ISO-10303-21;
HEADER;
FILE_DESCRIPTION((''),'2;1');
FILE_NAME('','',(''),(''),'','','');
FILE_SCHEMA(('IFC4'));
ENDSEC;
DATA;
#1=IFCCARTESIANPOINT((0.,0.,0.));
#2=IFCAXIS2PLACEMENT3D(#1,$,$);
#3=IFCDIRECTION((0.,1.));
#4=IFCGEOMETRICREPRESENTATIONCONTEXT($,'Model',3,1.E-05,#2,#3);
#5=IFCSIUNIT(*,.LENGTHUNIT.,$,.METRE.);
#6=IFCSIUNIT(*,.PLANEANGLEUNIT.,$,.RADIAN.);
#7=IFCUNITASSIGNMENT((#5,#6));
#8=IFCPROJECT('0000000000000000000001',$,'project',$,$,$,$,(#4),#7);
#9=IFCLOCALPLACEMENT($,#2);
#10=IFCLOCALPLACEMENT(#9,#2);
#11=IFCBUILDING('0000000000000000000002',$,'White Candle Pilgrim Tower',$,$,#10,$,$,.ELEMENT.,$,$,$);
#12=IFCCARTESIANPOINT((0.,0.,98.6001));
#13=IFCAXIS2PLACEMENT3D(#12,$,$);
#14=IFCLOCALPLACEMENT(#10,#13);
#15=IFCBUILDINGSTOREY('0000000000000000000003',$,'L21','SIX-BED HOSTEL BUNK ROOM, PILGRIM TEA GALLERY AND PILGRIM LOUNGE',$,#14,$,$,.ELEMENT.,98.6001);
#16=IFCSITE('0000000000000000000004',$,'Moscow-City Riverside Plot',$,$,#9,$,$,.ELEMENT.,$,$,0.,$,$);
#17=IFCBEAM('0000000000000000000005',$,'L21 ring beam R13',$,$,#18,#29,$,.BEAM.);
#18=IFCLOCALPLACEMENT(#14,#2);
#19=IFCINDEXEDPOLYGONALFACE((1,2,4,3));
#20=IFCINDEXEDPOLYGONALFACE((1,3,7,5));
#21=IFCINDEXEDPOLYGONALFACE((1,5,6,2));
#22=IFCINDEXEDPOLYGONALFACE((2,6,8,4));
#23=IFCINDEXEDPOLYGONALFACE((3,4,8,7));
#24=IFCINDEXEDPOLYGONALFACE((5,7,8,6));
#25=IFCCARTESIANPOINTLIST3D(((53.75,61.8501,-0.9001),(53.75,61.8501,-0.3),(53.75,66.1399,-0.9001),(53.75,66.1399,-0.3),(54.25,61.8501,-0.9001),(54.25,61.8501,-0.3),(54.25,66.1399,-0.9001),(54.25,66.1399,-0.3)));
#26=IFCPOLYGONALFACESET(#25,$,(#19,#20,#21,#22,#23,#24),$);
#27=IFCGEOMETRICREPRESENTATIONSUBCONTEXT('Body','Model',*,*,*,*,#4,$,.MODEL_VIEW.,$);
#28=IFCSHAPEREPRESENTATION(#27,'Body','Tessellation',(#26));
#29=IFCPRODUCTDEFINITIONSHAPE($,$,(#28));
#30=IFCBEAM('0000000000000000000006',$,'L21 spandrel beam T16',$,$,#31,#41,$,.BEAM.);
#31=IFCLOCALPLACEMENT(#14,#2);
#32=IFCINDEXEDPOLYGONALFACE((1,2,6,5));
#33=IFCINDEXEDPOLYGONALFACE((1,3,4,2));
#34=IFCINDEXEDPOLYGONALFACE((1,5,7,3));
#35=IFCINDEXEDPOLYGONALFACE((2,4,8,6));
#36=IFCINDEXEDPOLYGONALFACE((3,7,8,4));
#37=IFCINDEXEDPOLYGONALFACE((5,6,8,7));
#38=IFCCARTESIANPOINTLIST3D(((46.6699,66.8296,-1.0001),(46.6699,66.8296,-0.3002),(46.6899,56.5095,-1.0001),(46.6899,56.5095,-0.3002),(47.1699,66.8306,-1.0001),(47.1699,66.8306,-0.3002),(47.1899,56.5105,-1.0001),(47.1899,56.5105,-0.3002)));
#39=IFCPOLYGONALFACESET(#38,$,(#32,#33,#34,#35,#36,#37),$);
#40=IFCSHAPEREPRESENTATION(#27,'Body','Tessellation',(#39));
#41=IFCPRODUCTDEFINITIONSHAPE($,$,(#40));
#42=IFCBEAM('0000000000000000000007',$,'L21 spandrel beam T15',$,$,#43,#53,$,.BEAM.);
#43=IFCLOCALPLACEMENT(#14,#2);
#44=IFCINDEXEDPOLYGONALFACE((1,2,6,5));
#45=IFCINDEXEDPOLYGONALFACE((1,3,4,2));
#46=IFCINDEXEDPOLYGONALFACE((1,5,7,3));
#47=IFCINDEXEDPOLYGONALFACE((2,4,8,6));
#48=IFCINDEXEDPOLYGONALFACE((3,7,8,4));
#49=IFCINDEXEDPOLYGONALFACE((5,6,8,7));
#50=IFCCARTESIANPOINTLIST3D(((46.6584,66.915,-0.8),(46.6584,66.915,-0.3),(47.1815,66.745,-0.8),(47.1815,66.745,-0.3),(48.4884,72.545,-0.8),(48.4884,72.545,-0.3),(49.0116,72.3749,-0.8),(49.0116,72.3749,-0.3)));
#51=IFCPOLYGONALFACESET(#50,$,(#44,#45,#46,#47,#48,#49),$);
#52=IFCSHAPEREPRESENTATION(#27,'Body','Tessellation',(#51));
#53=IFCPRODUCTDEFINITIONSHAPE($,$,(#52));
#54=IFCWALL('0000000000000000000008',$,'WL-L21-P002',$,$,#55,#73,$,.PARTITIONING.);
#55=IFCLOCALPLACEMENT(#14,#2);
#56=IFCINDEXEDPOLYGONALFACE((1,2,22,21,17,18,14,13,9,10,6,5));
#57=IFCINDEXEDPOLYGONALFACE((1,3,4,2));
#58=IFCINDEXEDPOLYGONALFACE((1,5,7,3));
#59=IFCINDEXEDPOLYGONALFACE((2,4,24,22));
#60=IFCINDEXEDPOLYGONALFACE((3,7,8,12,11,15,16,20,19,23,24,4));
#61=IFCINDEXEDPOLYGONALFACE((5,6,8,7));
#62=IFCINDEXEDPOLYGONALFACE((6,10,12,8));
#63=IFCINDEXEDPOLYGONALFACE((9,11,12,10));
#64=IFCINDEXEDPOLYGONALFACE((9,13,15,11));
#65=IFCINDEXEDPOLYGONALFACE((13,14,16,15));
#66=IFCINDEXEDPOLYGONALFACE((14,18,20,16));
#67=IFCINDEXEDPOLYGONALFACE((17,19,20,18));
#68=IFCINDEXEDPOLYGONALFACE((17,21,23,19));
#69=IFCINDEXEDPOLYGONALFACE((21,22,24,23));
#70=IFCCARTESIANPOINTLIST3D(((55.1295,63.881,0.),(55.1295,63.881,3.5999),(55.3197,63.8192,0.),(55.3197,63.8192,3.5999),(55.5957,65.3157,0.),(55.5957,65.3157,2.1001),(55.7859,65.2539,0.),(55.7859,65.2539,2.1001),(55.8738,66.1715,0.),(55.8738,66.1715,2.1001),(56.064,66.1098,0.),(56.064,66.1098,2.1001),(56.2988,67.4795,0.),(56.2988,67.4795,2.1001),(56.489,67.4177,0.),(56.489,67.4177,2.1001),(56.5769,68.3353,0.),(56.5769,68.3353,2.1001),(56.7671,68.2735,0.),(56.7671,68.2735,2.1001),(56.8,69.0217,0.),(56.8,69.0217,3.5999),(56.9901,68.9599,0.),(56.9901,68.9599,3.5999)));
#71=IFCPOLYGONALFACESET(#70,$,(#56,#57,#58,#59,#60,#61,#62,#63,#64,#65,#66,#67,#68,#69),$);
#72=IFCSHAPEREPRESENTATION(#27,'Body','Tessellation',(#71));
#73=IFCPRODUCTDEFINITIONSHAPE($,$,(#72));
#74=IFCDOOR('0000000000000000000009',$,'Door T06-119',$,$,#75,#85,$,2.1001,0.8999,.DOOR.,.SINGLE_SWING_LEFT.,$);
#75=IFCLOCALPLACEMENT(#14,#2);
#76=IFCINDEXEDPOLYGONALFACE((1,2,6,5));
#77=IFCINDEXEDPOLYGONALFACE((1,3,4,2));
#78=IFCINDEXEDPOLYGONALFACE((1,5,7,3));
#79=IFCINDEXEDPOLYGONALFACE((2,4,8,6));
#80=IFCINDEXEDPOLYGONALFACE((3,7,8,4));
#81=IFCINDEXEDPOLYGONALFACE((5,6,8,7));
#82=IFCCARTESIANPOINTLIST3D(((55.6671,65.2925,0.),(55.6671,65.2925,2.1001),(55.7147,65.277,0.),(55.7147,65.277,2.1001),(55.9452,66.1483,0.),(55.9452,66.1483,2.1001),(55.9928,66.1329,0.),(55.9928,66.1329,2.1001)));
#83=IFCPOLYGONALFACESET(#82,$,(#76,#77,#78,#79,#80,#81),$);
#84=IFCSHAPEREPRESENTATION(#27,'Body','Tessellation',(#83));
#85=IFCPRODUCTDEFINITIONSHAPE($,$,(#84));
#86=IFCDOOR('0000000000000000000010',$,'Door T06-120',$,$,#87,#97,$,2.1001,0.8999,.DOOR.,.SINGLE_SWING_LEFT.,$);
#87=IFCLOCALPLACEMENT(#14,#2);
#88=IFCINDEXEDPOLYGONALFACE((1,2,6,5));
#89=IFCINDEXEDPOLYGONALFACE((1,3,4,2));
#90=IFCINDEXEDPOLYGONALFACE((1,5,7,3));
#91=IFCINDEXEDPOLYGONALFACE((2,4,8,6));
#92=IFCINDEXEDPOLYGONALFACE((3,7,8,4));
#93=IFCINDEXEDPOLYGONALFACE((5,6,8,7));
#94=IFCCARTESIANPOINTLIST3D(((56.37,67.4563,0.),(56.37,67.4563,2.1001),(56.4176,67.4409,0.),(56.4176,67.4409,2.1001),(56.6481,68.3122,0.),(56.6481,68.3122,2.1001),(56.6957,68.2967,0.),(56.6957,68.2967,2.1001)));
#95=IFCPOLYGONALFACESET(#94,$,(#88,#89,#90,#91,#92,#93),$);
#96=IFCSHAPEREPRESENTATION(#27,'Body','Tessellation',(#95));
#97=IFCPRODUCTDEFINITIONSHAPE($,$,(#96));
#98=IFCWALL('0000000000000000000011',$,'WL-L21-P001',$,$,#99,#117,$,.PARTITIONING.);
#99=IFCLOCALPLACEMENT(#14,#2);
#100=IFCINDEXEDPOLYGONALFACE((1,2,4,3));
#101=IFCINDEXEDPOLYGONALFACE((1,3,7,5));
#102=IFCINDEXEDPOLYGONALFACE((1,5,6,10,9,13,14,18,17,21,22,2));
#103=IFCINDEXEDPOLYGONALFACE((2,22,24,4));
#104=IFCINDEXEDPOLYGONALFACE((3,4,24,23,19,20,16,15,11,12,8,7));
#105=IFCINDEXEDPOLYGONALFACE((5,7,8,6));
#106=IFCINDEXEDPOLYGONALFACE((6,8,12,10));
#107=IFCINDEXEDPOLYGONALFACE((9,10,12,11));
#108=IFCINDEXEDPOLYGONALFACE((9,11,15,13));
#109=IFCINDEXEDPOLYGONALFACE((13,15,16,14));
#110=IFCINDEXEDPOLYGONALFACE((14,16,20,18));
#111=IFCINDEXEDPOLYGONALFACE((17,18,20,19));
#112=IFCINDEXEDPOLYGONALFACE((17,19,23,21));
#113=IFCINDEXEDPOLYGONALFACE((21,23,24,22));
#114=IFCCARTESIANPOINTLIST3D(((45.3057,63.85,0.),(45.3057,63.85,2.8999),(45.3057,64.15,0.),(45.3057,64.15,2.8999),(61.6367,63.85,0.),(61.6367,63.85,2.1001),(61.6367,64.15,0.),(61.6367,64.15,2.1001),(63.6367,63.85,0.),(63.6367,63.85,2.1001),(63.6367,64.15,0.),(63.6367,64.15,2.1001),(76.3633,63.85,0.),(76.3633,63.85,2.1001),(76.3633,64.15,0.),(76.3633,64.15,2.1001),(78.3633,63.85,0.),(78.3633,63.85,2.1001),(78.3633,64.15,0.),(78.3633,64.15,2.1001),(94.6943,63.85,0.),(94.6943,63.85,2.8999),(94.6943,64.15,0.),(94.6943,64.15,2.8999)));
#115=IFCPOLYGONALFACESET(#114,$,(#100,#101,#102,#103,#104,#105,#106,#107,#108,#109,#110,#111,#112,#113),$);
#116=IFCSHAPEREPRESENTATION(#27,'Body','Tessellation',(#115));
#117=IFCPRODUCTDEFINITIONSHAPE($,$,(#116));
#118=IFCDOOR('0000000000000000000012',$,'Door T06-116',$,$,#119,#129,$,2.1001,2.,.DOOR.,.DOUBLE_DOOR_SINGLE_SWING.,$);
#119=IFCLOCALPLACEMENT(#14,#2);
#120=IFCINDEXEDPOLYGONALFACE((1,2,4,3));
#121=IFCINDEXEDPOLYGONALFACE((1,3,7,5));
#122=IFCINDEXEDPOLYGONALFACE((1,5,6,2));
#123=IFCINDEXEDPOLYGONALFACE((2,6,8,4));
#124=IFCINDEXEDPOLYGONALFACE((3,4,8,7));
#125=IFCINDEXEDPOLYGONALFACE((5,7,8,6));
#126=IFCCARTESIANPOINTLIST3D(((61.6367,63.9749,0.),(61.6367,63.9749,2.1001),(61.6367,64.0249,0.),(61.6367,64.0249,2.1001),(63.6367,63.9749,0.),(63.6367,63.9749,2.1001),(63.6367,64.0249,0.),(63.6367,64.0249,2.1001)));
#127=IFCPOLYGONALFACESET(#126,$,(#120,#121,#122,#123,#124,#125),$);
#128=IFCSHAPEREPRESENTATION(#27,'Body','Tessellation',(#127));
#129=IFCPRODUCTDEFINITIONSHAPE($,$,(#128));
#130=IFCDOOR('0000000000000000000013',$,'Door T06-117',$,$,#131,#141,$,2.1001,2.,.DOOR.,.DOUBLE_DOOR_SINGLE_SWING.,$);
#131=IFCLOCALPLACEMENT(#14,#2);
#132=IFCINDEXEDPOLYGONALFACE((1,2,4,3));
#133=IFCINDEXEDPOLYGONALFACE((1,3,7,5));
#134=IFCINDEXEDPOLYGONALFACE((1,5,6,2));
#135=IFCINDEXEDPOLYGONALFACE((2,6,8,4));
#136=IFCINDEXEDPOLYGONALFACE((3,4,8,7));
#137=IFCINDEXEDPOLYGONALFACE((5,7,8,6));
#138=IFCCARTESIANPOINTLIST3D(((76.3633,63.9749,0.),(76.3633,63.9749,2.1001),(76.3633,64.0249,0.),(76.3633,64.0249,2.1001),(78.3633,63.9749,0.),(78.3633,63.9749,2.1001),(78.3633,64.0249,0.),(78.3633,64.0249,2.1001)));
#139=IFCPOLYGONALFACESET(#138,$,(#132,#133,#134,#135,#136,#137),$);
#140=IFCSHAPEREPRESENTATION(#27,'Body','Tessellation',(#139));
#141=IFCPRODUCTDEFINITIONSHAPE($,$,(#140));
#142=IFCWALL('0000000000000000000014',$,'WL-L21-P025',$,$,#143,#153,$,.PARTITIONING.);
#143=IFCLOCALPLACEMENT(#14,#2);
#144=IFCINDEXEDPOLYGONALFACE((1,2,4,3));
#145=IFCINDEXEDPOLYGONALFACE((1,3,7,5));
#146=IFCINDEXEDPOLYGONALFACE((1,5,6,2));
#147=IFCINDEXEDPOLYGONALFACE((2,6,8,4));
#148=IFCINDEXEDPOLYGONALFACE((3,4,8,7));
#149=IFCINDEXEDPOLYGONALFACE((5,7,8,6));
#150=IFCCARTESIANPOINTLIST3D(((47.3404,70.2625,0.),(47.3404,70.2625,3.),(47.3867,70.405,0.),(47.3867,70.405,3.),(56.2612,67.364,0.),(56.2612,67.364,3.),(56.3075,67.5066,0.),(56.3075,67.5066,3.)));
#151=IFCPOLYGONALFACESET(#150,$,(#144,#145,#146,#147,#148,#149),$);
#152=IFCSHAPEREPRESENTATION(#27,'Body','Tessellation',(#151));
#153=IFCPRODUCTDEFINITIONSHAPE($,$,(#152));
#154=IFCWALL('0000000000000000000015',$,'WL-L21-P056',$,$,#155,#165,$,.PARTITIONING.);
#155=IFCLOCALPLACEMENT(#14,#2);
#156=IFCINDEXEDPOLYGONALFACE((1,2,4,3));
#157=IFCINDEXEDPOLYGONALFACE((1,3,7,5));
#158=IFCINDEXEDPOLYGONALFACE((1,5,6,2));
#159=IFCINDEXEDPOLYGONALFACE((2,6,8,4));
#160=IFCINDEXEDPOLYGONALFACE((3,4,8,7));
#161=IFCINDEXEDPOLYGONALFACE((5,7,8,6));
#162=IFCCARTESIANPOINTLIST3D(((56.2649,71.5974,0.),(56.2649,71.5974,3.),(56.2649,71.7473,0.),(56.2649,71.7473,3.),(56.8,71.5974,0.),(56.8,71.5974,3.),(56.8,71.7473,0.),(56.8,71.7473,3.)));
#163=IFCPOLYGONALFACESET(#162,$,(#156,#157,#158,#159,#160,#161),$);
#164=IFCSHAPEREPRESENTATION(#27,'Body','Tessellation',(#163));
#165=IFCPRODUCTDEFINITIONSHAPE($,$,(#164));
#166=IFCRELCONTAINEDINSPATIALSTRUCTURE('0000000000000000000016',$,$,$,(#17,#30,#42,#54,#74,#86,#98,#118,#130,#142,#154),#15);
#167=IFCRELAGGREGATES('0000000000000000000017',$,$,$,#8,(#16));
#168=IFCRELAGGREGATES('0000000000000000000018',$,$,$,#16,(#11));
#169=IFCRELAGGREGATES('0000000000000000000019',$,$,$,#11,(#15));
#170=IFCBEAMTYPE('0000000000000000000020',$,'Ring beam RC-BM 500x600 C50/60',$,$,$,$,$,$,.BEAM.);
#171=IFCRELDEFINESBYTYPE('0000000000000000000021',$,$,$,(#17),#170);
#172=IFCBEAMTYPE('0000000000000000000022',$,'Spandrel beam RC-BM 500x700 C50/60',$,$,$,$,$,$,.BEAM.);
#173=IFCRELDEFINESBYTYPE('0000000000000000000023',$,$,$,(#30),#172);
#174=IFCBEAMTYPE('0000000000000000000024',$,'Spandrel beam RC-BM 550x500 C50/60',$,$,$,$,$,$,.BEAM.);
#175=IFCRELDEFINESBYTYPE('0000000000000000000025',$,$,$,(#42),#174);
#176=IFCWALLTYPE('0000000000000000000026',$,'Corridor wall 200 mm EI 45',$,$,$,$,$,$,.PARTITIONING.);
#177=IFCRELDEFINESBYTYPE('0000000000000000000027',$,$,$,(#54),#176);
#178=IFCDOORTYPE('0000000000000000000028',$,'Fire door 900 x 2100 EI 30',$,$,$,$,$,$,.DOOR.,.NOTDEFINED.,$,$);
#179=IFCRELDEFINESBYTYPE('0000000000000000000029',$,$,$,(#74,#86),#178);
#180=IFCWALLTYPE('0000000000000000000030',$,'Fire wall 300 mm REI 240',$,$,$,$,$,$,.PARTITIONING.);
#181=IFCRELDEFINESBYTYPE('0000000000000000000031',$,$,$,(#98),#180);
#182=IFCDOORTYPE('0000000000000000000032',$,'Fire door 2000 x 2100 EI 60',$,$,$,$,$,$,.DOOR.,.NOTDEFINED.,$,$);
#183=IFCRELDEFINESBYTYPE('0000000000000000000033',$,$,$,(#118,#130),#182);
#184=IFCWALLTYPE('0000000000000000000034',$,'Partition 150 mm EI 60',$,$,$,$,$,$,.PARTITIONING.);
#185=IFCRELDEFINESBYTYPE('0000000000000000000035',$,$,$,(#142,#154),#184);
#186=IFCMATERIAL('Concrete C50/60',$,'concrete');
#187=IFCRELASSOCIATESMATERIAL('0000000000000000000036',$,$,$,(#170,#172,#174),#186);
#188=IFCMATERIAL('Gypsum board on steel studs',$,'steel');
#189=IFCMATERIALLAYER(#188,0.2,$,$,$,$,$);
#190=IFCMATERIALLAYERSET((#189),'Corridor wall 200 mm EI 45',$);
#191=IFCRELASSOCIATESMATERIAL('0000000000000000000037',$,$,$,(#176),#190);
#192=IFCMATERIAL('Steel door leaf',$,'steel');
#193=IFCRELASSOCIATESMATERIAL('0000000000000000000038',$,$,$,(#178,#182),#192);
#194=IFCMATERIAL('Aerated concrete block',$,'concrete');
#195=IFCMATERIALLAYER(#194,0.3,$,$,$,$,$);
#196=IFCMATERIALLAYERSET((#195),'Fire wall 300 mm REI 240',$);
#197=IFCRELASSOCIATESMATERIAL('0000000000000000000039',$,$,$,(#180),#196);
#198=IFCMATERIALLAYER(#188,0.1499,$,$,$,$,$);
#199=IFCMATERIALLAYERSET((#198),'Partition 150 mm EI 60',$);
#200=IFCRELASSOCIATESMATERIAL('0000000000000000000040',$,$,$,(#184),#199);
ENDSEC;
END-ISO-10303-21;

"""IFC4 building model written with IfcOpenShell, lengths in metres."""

from ifc_helpers import new_model, si_unit, direction, frame, frame_2d, origin, origin_2d, place, context, subcontext, project, spatial, rectangle, extrude, material, layer, layer_set, material_profile, profile_set, type_object, element, fill, save


model = new_model("IFC4")

# Units and contexts
model_context = context("Model", 3, precision=1e-05, world=origin(), true_north=direction((0.0, 1.0)))
body_context = subcontext(model_context, "Body", "Model", "MODEL_VIEW")
ifc_project = project(units=[si_unit("LENGTHUNIT", "METRE"), si_unit("PLANEANGLEUNIT", "RADIAN")], contexts=[model_context])

# Site, building, storey
site_placement = place(None, origin())
site = spatial("IfcSite", under=ifc_project, at=site_placement, Name="Moscow-City Riverside Plot", CompositionType="ELEMENT", RefElevation=0.0)
building_placement = place(site_placement, origin())
building = spatial("IfcBuilding", under=site, at=building_placement, Name="White Candle Pilgrim Tower", CompositionType="ELEMENT")
storey_placement = place(building_placement, frame((0.0, 0.0, 98.6001)))
storey = spatial("IfcBuildingStorey", under=building, at=storey_placement, Name="L21", Description="SIX-BED HOSTEL BUNK ROOM, PILGRIM TEA GALLERY AND PILGRIM LOUNGE", CompositionType="ELEMENT", Elevation=98.6001)

# Beams
ifc_material_1 = material(Name="Concrete C50/60", Category="concrete")
ifc_material_profile_1 = material_profile(ifc_material_1, rectangle(XDim=0.5, YDim=0.6001, at=origin_2d()), Name="RC-BM 500x600")
ifc_profile_set_1 = profile_set([ifc_material_profile_1], Name="Concrete C50/60")
beam_type_1 = type_object("IfcBeamType", Name="Ring beam RC-BM 500x600 C50/60", PredefinedType="BEAM", material=ifc_profile_set_1)
beam_1_placement = place(storey_placement, frame((54.0, 66.1399, -0.6001), z_axis=(0.0, -1.0, 0.0), x_axis=(1.0, 0.0, 0.0)))
element("IfcBeam", 1, at=beam_1_placement, inside=storey, type_object=beam_type_1, Name="L21 ring beam R13", PredefinedType="BEAM", context=body_context, shape_type="SweptSolid", body=[
    extrude(rectangle(XDim=0.5, YDim=0.6001, at=origin_2d()), origin(), (0.0, 0.0, 1.0), 4.2898),
])
ifc_material_profile_2 = material_profile(ifc_material_1, rectangle(XDim=0.5, YDim=0.7, at=origin_2d()), Name="RC-BM 500x700")
ifc_profile_set_2 = profile_set([ifc_material_profile_2], Name="Concrete C50/60")
beam_type_2 = type_object("IfcBeamType", Name="Spandrel beam RC-BM 500x700 C50/60", PredefinedType="BEAM", material=ifc_profile_set_2)
beam_2_placement = place(storey_placement, frame((46.9199, 66.8301, -0.6501), z_axis=(0.00194, -0.999998, 0.0), x_axis=(0.999998, 0.00194, 0.0)))
element("IfcBeam", 2, at=beam_2_placement, inside=storey, type_object=beam_type_2, Name="L21 spandrel beam T16", PredefinedType="BEAM", context=body_context, shape_type="SweptSolid", body=[
    extrude(rectangle(XDim=0.5, YDim=0.7, at=origin_2d()), origin(), (0.0, 0.0, 1.0), 10.3201),
])
ifc_material_profile_3 = material_profile(ifc_material_1, rectangle(XDim=0.55, YDim=0.5, at=origin_2d()), Name="RC-BM 550x500")
ifc_profile_set_3 = profile_set([ifc_material_profile_3], Name="Concrete C50/60")
beam_type_3 = type_object("IfcBeamType", Name="Spandrel beam RC-BM 550x500 C50/60", PredefinedType="BEAM", material=ifc_profile_set_3)
beam_3_placement = place(storey_placement, frame((48.75, 72.46, -0.55), z_axis=(-0.309142, -0.951016, 0.0), x_axis=(0.951016, -0.309142, 0.0)))
element("IfcBeam", 3, at=beam_3_placement, inside=storey, type_object=beam_type_3, Name="L21 spandrel beam T15", PredefinedType="BEAM", context=body_context, shape_type="SweptSolid", body=[
    extrude(rectangle(XDim=0.55, YDim=0.5, at=origin_2d()), origin(), (0.0, 0.0, 1.0), 5.9199),
])

# Walls, openings, doors
ifc_material_2 = material(Name="Gypsum board on steel studs", Category="steel")
ifc_layer_1 = layer(ifc_material_2, 0.2)
ifc_layer_set_1 = layer_set([ifc_layer_1], Name="Corridor wall 200 mm EI 45")
wall_type_1 = type_object("IfcWallType", Name="Corridor wall 200 mm EI 45", PredefinedType="PARTITIONING", material=ifc_layer_set_1)
wall_1_placement = place(storey_placement, frame((55.2246, 63.8501, 0.0), z_axis=(0.0, 0.0, 1.0), x_axis=(0.309037, 0.95105, 0.0)))
wall_1 = element("IfcWall", 4, at=wall_1_placement, inside=storey, type_object=wall_type_1, Name="WL-L21-P002", PredefinedType="PARTITIONING", context=body_context, shape_type="SweptSolid", body=[
    extrude(rectangle(XDim=5.4053, YDim=0.2, at=frame_2d((2.7026, 0.0))), origin(), (0.0, 0.0, 1.0), 3.5999),
])
opening_1_placement = place(wall_1_placement, frame((1.5085, 0.0, 0.0)))
opening_1 = element("IfcOpeningElement", 5, at=opening_1_placement, cuts=wall_1, PredefinedType="OPENING", context=body_context, shape_type="SweptSolid", body=[
    extrude(rectangle(XDim=0.8999, YDim=2.1001, at=frame_2d((0.45, 1.05))), frame((0.0, 0.1099, 0.0), z_axis=(0.0, -1.0, 0.0), x_axis=(1.0, 0.0, 0.0)), (0.0, 0.0, 1.0), 0.22),
])
opening_2_placement = place(wall_1_placement, frame((3.7837, 0.0, 0.0)))
opening_2 = element("IfcOpeningElement", 6, at=opening_2_placement, cuts=wall_1, PredefinedType="OPENING", context=body_context, shape_type="SweptSolid", body=[
    extrude(rectangle(XDim=0.8999, YDim=2.1001, at=frame_2d((0.45, 1.05))), frame((0.0, 0.1099, 0.0), z_axis=(0.0, -1.0, 0.0), x_axis=(1.0, 0.0, 0.0)), (0.0, 0.0, 1.0), 0.22),
])
ifc_material_3 = material(Name="Steel door leaf", Category="steel")
door_type_1 = type_object("IfcDoorType", Name="Fire door 900 x 2100 EI 30", OperationType="NOTDEFINED", PredefinedType="DOOR", material=ifc_material_3)
door_1_placement = place(opening_1_placement, origin())
door_1 = element("IfcDoor", 7, at=door_1_placement, inside=storey, type_object=door_type_1, Name="Door T06-119", OperationType="SINGLE_SWING_LEFT", OverallHeight=2.1001, OverallWidth=0.8999, PredefinedType="DOOR", context=body_context, shape_type="SweptSolid", body=[
    extrude(rectangle(XDim=0.8999, YDim=2.1001, at=frame_2d((0.45, 1.05))), frame((0.0, 0.0249, 0.0), z_axis=(0.0, -1.0, 0.0), x_axis=(1.0, 0.0, 0.0)), (0.0, 0.0, 1.0), 0.05),
])
fill(opening_1, door_1)
door_2_placement = place(opening_2_placement, frame((0.8999, 0.0, 0.0), z_axis=(0.0, 0.0, 1.0), x_axis=(-1.0, 0.0, 0.0)))
door_2 = element("IfcDoor", 8, at=door_2_placement, inside=storey, type_object=door_type_1, Name="Door T06-120", OperationType="SINGLE_SWING_LEFT", OverallHeight=2.1001, OverallWidth=0.8999, PredefinedType="DOOR", context=body_context, shape_type="SweptSolid", body=[
    extrude(rectangle(XDim=0.8999, YDim=2.1001, at=frame_2d((0.45, 1.05))), frame((0.0, 0.0249, 0.0), z_axis=(0.0, -1.0, 0.0), x_axis=(1.0, 0.0, 0.0)), (0.0, 0.0, 1.0), 0.05),
])
fill(opening_2, door_2)
ifc_material_4 = material(Name="Aerated concrete block", Category="concrete")
ifc_layer_2 = layer(ifc_material_4, 0.3)
ifc_layer_set_2 = layer_set([ifc_layer_2], Name="Fire wall 300 mm REI 240")
wall_type_2 = type_object("IfcWallType", Name="Fire wall 300 mm REI 240", PredefinedType="PARTITIONING", material=ifc_layer_set_2)
wall_2_placement = place(storey_placement, frame((45.3057, 64.0, 0.0), z_axis=(0.0, 0.0, 1.0), x_axis=(1.0, 0.0, 0.0)))
wall_2 = element("IfcWall", 9, at=wall_2_placement, inside=storey, type_object=wall_type_2, Name="WL-L21-P001", PredefinedType="PARTITIONING", context=body_context, shape_type="SweptSolid", body=[
    extrude(rectangle(XDim=49.3887, YDim=0.3, at=frame_2d((24.6943, 0.0))), origin(), (0.0, 0.0, 1.0), 2.8999),
])
opening_3_placement = place(wall_2_placement, frame((16.3311, 0.0, 0.0)))
opening_3 = element("IfcOpeningElement", 10, at=opening_3_placement, cuts=wall_2, PredefinedType="OPENING", context=body_context, shape_type="SweptSolid", body=[
    extrude(rectangle(XDim=2.0, YDim=2.1001, at=frame_2d((1.0, 1.05))), frame((0.0, 0.1599, 0.0), z_axis=(0.0, -1.0, 0.0), x_axis=(1.0, 0.0, 0.0)), (0.0, 0.0, 1.0), 0.3201),
])
opening_4_placement = place(wall_2_placement, frame((31.0576, 0.0, 0.0)))
opening_4 = element("IfcOpeningElement", 11, at=opening_4_placement, cuts=wall_2, PredefinedType="OPENING", context=body_context, shape_type="SweptSolid", body=[
    extrude(rectangle(XDim=2.0, YDim=2.1001, at=frame_2d((1.0, 1.05))), frame((0.0, 0.1599, 0.0), z_axis=(0.0, -1.0, 0.0), x_axis=(1.0, 0.0, 0.0)), (0.0, 0.0, 1.0), 0.3201),
])
door_type_2 = type_object("IfcDoorType", Name="Fire door 2000 x 2100 EI 60", OperationType="NOTDEFINED", PredefinedType="DOOR", material=ifc_material_3)
door_3_placement = place(opening_3_placement, origin())
door_3 = element("IfcDoor", 12, at=door_3_placement, inside=storey, type_object=door_type_2, Name="Door T06-116", OperationType="DOUBLE_DOOR_SINGLE_SWING", OverallHeight=2.1001, OverallWidth=2.0, PredefinedType="DOOR", context=body_context, shape_type="SweptSolid", body=[
    extrude(rectangle(XDim=2.0, YDim=2.1001, at=frame_2d((1.0, 1.05))), frame((0.0, 0.0249, 0.0), z_axis=(0.0, -1.0, 0.0), x_axis=(1.0, 0.0, 0.0)), (0.0, 0.0, 1.0), 0.05),
])
fill(opening_3, door_3)
door_4_placement = place(opening_4_placement, origin())
door_4 = element("IfcDoor", 13, at=door_4_placement, inside=storey, type_object=door_type_2, Name="Door T06-117", OperationType="DOUBLE_DOOR_SINGLE_SWING", OverallHeight=2.1001, OverallWidth=2.0, PredefinedType="DOOR", context=body_context, shape_type="SweptSolid", body=[
    extrude(rectangle(XDim=2.0, YDim=2.1001, at=frame_2d((1.0, 1.05))), frame((0.0, 0.0249, 0.0), z_axis=(0.0, -1.0, 0.0), x_axis=(1.0, 0.0, 0.0)), (0.0, 0.0, 1.0), 0.05),
])
fill(opening_4, door_4)

# Walls
ifc_layer_3 = layer(ifc_material_2, 0.1499)
ifc_layer_set_3 = layer_set([ifc_layer_3], Name="Partition 150 mm EI 60")
wall_type_3 = type_object("IfcWallType", Name="Partition 150 mm EI 60", PredefinedType="PARTITIONING", material=ifc_layer_set_3)
wall_3_placement = place(storey_placement, frame((47.3635, 70.3337, 0.0), z_axis=(0.0, 0.0, 1.0), x_axis=(0.951061, -0.309004, 0.0)))
element("IfcWall", 14, at=wall_3_placement, inside=storey, type_object=wall_type_3, Name="WL-L21-P025", PredefinedType="PARTITIONING", context=body_context, shape_type="SweptSolid", body=[
    extrude(rectangle(XDim=9.3799, YDim=0.1499, at=frame_2d((4.6899, 0.0))), origin(), (0.0, 0.0, 1.0), 3.0),
])
wall_4_placement = place(storey_placement, frame((56.2649, 71.6724, 0.0), z_axis=(0.0, 0.0, 1.0), x_axis=(1.0, 0.0, 0.0)))
element("IfcWall", 15, at=wall_4_placement, inside=storey, type_object=wall_type_3, Name="WL-L21-P056", PredefinedType="PARTITIONING", context=body_context, shape_type="SweptSolid", body=[
    extrude(rectangle(XDim=0.5352, YDim=0.1499, at=frame_2d((0.2676, 0.0))), origin(), (0.0, 0.0, 1.0), 3.0),
])

save(model, "model.ifc")
